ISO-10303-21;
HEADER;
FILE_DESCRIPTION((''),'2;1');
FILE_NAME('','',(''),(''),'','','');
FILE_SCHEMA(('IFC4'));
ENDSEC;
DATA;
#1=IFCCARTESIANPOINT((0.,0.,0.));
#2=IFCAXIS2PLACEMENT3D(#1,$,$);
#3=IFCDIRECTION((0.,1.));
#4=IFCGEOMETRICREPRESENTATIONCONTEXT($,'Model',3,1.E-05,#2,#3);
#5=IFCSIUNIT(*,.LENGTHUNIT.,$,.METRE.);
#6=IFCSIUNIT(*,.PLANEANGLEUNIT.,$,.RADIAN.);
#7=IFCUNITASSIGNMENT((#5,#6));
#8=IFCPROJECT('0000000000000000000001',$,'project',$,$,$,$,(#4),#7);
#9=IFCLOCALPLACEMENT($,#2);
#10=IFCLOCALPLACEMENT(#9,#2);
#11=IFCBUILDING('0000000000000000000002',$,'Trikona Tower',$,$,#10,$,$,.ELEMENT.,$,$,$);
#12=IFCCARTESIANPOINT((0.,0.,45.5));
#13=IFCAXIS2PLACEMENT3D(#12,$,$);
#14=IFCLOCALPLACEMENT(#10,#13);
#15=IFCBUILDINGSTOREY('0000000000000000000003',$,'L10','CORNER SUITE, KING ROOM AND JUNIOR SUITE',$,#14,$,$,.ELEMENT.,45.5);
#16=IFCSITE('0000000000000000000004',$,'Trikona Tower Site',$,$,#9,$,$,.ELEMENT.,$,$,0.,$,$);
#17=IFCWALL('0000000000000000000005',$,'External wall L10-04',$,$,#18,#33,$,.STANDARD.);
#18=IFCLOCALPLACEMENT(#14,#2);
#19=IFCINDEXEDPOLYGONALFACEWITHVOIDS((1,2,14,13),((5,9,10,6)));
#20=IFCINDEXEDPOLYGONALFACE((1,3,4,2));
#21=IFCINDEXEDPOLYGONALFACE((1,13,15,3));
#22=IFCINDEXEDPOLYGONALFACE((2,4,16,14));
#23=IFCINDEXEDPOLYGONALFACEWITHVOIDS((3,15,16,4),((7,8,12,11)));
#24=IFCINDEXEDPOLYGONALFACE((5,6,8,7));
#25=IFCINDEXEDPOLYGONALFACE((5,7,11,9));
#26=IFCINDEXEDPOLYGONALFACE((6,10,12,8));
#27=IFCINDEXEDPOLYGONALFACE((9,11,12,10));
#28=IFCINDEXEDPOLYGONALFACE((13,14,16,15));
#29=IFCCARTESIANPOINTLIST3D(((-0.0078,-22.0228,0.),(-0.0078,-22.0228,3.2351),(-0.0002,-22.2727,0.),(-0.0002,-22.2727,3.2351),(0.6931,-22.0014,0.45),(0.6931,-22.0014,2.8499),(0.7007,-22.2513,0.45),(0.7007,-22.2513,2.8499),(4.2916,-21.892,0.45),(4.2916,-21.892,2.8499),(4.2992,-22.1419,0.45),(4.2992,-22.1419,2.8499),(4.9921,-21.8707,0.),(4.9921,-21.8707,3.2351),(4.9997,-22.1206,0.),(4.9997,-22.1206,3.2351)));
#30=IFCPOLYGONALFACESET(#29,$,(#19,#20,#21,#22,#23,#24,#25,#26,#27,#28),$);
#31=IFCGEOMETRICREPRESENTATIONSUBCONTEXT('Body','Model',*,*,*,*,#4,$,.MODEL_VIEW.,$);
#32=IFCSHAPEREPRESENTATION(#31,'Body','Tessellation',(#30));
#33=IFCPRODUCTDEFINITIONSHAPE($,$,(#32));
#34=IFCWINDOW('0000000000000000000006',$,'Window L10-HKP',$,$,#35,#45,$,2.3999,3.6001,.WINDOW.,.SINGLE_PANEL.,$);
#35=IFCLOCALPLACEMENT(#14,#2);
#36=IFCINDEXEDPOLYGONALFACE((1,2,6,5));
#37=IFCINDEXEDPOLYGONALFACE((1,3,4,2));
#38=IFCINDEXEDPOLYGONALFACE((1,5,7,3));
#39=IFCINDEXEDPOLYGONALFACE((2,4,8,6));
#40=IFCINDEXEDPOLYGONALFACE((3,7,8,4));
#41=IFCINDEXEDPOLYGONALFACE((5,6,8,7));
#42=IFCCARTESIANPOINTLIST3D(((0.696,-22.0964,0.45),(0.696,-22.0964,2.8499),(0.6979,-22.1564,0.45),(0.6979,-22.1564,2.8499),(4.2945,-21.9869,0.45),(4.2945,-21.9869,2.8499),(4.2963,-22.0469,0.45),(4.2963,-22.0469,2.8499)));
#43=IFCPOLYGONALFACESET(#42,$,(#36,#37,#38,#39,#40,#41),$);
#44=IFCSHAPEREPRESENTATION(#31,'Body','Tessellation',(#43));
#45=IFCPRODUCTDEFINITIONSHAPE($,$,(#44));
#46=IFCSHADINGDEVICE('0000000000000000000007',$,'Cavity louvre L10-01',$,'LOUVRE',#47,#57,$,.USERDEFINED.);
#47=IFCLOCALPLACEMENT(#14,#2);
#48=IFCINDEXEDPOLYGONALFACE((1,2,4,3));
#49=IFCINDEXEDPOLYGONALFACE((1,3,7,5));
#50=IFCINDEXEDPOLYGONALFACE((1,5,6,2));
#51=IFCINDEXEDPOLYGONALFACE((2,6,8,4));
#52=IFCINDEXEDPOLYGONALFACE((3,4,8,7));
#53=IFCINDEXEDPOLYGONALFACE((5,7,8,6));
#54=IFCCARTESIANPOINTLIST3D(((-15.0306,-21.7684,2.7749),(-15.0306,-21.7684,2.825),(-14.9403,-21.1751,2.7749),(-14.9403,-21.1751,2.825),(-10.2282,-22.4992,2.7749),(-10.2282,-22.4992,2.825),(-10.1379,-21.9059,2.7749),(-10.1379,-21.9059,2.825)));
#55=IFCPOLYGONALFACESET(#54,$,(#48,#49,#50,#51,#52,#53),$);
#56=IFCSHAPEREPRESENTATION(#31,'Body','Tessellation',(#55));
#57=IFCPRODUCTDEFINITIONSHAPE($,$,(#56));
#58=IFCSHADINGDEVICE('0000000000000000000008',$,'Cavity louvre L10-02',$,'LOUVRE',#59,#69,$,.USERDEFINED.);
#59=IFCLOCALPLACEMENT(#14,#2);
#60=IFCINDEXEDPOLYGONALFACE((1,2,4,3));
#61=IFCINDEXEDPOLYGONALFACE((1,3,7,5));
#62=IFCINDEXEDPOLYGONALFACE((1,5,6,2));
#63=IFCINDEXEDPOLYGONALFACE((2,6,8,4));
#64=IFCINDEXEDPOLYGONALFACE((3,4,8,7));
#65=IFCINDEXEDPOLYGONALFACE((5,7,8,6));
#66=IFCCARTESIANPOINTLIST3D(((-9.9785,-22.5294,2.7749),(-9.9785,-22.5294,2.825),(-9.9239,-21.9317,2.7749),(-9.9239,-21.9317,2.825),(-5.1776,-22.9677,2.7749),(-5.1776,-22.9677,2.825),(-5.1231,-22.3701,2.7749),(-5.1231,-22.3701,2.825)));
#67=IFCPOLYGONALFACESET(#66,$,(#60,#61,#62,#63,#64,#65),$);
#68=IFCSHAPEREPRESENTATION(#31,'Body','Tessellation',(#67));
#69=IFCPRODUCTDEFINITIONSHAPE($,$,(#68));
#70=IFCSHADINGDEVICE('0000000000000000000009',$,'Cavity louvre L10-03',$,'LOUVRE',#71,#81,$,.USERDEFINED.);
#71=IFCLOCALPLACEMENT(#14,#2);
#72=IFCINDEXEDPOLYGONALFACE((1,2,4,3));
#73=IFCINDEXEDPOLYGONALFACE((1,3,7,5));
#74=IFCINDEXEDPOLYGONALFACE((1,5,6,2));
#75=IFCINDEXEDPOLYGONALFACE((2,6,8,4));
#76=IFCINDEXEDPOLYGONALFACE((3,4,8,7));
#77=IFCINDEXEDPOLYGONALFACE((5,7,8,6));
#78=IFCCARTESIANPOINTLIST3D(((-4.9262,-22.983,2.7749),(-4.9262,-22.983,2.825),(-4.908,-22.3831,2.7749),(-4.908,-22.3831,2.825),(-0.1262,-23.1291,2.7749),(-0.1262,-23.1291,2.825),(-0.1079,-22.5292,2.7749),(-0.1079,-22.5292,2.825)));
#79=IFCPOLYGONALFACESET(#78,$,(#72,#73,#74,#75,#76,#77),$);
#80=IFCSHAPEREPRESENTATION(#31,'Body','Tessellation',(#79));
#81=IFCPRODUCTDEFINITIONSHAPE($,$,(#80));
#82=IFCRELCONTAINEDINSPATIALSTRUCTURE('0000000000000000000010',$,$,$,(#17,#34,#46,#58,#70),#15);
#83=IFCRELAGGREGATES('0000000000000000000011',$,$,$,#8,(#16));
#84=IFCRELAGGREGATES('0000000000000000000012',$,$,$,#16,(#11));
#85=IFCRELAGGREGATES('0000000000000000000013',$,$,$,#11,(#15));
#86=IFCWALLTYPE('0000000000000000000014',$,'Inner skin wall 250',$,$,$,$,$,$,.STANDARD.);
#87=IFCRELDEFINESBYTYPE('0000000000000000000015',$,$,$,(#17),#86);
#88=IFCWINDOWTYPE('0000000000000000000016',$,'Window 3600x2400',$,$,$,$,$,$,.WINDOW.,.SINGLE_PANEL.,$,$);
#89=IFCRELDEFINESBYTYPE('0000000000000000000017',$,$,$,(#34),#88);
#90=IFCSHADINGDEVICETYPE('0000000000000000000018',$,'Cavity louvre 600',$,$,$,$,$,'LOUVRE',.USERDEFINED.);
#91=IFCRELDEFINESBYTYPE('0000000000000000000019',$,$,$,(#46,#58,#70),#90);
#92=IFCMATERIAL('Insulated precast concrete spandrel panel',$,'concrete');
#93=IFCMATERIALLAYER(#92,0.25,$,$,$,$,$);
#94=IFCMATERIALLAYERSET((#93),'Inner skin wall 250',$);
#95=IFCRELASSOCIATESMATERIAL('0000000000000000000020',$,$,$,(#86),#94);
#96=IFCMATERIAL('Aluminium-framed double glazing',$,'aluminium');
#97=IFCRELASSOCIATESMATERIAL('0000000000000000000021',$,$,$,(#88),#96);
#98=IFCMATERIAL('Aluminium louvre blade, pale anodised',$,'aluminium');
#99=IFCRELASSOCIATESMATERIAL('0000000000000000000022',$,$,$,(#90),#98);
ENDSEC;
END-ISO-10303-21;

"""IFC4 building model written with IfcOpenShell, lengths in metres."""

from ifc_helpers import new_model, si_unit, direction, frame, frame_2d, origin, origin_2d, place, context, subcontext, project, spatial, rectangle, extrude, material, layer, layer_set, type_object, element, fill, save


model = new_model("IFC4")

# Units and contexts
model_context = context("Model", 3, precision=1e-05, world=origin(), true_north=direction((0.0, 1.0)))
body_context = subcontext(model_context, "Body", "Model", "MODEL_VIEW")
ifc_project = project(units=[si_unit("LENGTHUNIT", "METRE"), si_unit("PLANEANGLEUNIT", "RADIAN")], contexts=[model_context])

# Site, building, storey
site_placement = place(None, origin())
site = spatial("IfcSite", under=ifc_project, at=site_placement, Name="Trikona Tower Site", CompositionType="ELEMENT", RefElevation=0.0)
building_placement = place(site_placement, origin())
building = spatial("IfcBuilding", under=site, at=building_placement, Name="Trikona Tower", CompositionType="ELEMENT")
storey_placement = place(building_placement, frame((0.0, 0.0, 45.5)))
storey = spatial("IfcBuildingStorey", under=building, at=storey_placement, Name="L10", Description="CORNER SUITE, KING ROOM AND JUNIOR SUITE", CompositionType="ELEMENT", Elevation=45.5)

# Wall, opening, window
ifc_material_1 = material(Name="Insulated precast concrete spandrel panel", Category="concrete")
ifc_layer_1 = layer(ifc_material_1, 0.25)
ifc_layer_set_1 = layer_set([ifc_layer_1], Name="Inner skin wall 250")
wall_type = type_object("IfcWallType", Name="Inner skin wall 250", PredefinedType="STANDARD", material=ifc_layer_set_1)
ifc_material_2 = material(Name="Aluminium-framed double glazing", Category="aluminium")
window_type = type_object("IfcWindowType", Name="Window 3600x2400", PartitioningType="SINGLE_PANEL", PredefinedType="WINDOW", material=ifc_material_2)
wall_1_placement = place(storey_placement, frame((-0.0039, -22.1477, 0.0), z_axis=(0.0, 0.0, 1.0), x_axis=(0.999538, 0.030406, 0.0)))
wall_1 = element("IfcWall", 1, at=wall_1_placement, inside=storey, type_object=wall_type, Name="External wall L10-04", PredefinedType="STANDARD", context=body_context, shape_type="SweptSolid", body=[
    extrude(rectangle(XDim=5.0022, YDim=0.25, at=frame_2d((2.501, 0.0))), origin(), (0.0, 0.0, 1.0), 3.2351),
])
opening_1_placement = place(wall_1_placement, frame((0.7012, 0.0, 0.45)))
opening_1 = element("IfcOpeningElement", 2, at=opening_1_placement, cuts=wall_1, PredefinedType="OPENING", context=body_context, shape_type="SweptSolid", body=[
    extrude(rectangle(XDim=3.6001, YDim=2.3999, at=frame_2d((1.8, 1.2))), frame((0.0, 0.135, 0.0), z_axis=(0.0, -1.0, 0.0), x_axis=(1.0, 0.0, 0.0)), (0.0, 0.0, 1.0), 0.27),
])
window_1_placement = place(opening_1_placement, origin())
window_1 = element("IfcWindow", 3, at=window_1_placement, inside=storey, type_object=window_type, Name="Window L10-HKP", OverallHeight=2.3999, OverallWidth=3.6001, PartitioningType="SINGLE_PANEL", PredefinedType="WINDOW", context=body_context, shape_type="SweptSolid", body=[
    extrude(rectangle(XDim=3.6001, YDim=2.3999, at=frame_2d((1.8, 1.2))), frame((0.0, 0.03, 0.0), z_axis=(0.0, -1.0, 0.0), x_axis=(1.0, 0.0, 0.0)), (0.0, 0.0, 1.0), 0.0601),
])
fill(opening_1, window_1)

# Shading devices
ifc_material_3 = material(Name="Aluminium louvre blade, pale anodised", Category="aluminium")
shading_device_type = type_object("IfcShadingDeviceType", Name="Cavity louvre 600", ElementType="LOUVRE", PredefinedType="USERDEFINED", material=ifc_material_3)
shading_device_1_placement = place(storey_placement, frame((-12.5842, -21.8372, 2.7749), z_axis=(0.0, 0.0, 1.0), x_axis=(0.988618, -0.150448, 0.0)))
element("IfcShadingDevice", 4, at=shading_device_1_placement, inside=storey, type_object=shading_device_type, Name="Cavity louvre L10-01", ObjectType="LOUVRE", PredefinedType="USERDEFINED", context=body_context, shape_type="SweptSolid", body=[
    extrude(rectangle(XDim=4.8577, YDim=0.6001, at=origin_2d()), origin(), (0.0, 0.0, 1.0), 0.05),
])
shading_device_2_placement = place(storey_placement, frame((-7.5508, -22.4497, 2.7749), z_axis=(0.0, 0.0, 1.0), x_axis=(0.995858, -0.090921, 0.0)))
element("IfcShadingDevice", 5, at=shading_device_2_placement, inside=storey, type_object=shading_device_type, Name="Cavity louvre L10-02", ObjectType="LOUVRE", PredefinedType="USERDEFINED", context=body_context, shape_type="SweptSolid", body=[
    extrude(rectangle(XDim=4.8208, YDim=0.6001, at=origin_2d()), origin(), (0.0, 0.0, 1.0), 0.05),
])
shading_device_3_placement = place(storey_placement, frame((-2.5171, -22.7561, 2.7749), z_axis=(0.0, 0.0, 1.0), x_axis=(0.999537, -0.030425, 0.0)))
element("IfcShadingDevice", 6, at=shading_device_3_placement, inside=storey, type_object=shading_device_type, Name="Cavity louvre L10-03", ObjectType="LOUVRE", PredefinedType="USERDEFINED", context=body_context, shape_type="SweptSolid", body=[
    extrude(rectangle(XDim=4.8022, YDim=0.6001, at=origin_2d()), origin(), (0.0, 0.0, 1.0), 0.05),
])

save(model, "model.ifc")
